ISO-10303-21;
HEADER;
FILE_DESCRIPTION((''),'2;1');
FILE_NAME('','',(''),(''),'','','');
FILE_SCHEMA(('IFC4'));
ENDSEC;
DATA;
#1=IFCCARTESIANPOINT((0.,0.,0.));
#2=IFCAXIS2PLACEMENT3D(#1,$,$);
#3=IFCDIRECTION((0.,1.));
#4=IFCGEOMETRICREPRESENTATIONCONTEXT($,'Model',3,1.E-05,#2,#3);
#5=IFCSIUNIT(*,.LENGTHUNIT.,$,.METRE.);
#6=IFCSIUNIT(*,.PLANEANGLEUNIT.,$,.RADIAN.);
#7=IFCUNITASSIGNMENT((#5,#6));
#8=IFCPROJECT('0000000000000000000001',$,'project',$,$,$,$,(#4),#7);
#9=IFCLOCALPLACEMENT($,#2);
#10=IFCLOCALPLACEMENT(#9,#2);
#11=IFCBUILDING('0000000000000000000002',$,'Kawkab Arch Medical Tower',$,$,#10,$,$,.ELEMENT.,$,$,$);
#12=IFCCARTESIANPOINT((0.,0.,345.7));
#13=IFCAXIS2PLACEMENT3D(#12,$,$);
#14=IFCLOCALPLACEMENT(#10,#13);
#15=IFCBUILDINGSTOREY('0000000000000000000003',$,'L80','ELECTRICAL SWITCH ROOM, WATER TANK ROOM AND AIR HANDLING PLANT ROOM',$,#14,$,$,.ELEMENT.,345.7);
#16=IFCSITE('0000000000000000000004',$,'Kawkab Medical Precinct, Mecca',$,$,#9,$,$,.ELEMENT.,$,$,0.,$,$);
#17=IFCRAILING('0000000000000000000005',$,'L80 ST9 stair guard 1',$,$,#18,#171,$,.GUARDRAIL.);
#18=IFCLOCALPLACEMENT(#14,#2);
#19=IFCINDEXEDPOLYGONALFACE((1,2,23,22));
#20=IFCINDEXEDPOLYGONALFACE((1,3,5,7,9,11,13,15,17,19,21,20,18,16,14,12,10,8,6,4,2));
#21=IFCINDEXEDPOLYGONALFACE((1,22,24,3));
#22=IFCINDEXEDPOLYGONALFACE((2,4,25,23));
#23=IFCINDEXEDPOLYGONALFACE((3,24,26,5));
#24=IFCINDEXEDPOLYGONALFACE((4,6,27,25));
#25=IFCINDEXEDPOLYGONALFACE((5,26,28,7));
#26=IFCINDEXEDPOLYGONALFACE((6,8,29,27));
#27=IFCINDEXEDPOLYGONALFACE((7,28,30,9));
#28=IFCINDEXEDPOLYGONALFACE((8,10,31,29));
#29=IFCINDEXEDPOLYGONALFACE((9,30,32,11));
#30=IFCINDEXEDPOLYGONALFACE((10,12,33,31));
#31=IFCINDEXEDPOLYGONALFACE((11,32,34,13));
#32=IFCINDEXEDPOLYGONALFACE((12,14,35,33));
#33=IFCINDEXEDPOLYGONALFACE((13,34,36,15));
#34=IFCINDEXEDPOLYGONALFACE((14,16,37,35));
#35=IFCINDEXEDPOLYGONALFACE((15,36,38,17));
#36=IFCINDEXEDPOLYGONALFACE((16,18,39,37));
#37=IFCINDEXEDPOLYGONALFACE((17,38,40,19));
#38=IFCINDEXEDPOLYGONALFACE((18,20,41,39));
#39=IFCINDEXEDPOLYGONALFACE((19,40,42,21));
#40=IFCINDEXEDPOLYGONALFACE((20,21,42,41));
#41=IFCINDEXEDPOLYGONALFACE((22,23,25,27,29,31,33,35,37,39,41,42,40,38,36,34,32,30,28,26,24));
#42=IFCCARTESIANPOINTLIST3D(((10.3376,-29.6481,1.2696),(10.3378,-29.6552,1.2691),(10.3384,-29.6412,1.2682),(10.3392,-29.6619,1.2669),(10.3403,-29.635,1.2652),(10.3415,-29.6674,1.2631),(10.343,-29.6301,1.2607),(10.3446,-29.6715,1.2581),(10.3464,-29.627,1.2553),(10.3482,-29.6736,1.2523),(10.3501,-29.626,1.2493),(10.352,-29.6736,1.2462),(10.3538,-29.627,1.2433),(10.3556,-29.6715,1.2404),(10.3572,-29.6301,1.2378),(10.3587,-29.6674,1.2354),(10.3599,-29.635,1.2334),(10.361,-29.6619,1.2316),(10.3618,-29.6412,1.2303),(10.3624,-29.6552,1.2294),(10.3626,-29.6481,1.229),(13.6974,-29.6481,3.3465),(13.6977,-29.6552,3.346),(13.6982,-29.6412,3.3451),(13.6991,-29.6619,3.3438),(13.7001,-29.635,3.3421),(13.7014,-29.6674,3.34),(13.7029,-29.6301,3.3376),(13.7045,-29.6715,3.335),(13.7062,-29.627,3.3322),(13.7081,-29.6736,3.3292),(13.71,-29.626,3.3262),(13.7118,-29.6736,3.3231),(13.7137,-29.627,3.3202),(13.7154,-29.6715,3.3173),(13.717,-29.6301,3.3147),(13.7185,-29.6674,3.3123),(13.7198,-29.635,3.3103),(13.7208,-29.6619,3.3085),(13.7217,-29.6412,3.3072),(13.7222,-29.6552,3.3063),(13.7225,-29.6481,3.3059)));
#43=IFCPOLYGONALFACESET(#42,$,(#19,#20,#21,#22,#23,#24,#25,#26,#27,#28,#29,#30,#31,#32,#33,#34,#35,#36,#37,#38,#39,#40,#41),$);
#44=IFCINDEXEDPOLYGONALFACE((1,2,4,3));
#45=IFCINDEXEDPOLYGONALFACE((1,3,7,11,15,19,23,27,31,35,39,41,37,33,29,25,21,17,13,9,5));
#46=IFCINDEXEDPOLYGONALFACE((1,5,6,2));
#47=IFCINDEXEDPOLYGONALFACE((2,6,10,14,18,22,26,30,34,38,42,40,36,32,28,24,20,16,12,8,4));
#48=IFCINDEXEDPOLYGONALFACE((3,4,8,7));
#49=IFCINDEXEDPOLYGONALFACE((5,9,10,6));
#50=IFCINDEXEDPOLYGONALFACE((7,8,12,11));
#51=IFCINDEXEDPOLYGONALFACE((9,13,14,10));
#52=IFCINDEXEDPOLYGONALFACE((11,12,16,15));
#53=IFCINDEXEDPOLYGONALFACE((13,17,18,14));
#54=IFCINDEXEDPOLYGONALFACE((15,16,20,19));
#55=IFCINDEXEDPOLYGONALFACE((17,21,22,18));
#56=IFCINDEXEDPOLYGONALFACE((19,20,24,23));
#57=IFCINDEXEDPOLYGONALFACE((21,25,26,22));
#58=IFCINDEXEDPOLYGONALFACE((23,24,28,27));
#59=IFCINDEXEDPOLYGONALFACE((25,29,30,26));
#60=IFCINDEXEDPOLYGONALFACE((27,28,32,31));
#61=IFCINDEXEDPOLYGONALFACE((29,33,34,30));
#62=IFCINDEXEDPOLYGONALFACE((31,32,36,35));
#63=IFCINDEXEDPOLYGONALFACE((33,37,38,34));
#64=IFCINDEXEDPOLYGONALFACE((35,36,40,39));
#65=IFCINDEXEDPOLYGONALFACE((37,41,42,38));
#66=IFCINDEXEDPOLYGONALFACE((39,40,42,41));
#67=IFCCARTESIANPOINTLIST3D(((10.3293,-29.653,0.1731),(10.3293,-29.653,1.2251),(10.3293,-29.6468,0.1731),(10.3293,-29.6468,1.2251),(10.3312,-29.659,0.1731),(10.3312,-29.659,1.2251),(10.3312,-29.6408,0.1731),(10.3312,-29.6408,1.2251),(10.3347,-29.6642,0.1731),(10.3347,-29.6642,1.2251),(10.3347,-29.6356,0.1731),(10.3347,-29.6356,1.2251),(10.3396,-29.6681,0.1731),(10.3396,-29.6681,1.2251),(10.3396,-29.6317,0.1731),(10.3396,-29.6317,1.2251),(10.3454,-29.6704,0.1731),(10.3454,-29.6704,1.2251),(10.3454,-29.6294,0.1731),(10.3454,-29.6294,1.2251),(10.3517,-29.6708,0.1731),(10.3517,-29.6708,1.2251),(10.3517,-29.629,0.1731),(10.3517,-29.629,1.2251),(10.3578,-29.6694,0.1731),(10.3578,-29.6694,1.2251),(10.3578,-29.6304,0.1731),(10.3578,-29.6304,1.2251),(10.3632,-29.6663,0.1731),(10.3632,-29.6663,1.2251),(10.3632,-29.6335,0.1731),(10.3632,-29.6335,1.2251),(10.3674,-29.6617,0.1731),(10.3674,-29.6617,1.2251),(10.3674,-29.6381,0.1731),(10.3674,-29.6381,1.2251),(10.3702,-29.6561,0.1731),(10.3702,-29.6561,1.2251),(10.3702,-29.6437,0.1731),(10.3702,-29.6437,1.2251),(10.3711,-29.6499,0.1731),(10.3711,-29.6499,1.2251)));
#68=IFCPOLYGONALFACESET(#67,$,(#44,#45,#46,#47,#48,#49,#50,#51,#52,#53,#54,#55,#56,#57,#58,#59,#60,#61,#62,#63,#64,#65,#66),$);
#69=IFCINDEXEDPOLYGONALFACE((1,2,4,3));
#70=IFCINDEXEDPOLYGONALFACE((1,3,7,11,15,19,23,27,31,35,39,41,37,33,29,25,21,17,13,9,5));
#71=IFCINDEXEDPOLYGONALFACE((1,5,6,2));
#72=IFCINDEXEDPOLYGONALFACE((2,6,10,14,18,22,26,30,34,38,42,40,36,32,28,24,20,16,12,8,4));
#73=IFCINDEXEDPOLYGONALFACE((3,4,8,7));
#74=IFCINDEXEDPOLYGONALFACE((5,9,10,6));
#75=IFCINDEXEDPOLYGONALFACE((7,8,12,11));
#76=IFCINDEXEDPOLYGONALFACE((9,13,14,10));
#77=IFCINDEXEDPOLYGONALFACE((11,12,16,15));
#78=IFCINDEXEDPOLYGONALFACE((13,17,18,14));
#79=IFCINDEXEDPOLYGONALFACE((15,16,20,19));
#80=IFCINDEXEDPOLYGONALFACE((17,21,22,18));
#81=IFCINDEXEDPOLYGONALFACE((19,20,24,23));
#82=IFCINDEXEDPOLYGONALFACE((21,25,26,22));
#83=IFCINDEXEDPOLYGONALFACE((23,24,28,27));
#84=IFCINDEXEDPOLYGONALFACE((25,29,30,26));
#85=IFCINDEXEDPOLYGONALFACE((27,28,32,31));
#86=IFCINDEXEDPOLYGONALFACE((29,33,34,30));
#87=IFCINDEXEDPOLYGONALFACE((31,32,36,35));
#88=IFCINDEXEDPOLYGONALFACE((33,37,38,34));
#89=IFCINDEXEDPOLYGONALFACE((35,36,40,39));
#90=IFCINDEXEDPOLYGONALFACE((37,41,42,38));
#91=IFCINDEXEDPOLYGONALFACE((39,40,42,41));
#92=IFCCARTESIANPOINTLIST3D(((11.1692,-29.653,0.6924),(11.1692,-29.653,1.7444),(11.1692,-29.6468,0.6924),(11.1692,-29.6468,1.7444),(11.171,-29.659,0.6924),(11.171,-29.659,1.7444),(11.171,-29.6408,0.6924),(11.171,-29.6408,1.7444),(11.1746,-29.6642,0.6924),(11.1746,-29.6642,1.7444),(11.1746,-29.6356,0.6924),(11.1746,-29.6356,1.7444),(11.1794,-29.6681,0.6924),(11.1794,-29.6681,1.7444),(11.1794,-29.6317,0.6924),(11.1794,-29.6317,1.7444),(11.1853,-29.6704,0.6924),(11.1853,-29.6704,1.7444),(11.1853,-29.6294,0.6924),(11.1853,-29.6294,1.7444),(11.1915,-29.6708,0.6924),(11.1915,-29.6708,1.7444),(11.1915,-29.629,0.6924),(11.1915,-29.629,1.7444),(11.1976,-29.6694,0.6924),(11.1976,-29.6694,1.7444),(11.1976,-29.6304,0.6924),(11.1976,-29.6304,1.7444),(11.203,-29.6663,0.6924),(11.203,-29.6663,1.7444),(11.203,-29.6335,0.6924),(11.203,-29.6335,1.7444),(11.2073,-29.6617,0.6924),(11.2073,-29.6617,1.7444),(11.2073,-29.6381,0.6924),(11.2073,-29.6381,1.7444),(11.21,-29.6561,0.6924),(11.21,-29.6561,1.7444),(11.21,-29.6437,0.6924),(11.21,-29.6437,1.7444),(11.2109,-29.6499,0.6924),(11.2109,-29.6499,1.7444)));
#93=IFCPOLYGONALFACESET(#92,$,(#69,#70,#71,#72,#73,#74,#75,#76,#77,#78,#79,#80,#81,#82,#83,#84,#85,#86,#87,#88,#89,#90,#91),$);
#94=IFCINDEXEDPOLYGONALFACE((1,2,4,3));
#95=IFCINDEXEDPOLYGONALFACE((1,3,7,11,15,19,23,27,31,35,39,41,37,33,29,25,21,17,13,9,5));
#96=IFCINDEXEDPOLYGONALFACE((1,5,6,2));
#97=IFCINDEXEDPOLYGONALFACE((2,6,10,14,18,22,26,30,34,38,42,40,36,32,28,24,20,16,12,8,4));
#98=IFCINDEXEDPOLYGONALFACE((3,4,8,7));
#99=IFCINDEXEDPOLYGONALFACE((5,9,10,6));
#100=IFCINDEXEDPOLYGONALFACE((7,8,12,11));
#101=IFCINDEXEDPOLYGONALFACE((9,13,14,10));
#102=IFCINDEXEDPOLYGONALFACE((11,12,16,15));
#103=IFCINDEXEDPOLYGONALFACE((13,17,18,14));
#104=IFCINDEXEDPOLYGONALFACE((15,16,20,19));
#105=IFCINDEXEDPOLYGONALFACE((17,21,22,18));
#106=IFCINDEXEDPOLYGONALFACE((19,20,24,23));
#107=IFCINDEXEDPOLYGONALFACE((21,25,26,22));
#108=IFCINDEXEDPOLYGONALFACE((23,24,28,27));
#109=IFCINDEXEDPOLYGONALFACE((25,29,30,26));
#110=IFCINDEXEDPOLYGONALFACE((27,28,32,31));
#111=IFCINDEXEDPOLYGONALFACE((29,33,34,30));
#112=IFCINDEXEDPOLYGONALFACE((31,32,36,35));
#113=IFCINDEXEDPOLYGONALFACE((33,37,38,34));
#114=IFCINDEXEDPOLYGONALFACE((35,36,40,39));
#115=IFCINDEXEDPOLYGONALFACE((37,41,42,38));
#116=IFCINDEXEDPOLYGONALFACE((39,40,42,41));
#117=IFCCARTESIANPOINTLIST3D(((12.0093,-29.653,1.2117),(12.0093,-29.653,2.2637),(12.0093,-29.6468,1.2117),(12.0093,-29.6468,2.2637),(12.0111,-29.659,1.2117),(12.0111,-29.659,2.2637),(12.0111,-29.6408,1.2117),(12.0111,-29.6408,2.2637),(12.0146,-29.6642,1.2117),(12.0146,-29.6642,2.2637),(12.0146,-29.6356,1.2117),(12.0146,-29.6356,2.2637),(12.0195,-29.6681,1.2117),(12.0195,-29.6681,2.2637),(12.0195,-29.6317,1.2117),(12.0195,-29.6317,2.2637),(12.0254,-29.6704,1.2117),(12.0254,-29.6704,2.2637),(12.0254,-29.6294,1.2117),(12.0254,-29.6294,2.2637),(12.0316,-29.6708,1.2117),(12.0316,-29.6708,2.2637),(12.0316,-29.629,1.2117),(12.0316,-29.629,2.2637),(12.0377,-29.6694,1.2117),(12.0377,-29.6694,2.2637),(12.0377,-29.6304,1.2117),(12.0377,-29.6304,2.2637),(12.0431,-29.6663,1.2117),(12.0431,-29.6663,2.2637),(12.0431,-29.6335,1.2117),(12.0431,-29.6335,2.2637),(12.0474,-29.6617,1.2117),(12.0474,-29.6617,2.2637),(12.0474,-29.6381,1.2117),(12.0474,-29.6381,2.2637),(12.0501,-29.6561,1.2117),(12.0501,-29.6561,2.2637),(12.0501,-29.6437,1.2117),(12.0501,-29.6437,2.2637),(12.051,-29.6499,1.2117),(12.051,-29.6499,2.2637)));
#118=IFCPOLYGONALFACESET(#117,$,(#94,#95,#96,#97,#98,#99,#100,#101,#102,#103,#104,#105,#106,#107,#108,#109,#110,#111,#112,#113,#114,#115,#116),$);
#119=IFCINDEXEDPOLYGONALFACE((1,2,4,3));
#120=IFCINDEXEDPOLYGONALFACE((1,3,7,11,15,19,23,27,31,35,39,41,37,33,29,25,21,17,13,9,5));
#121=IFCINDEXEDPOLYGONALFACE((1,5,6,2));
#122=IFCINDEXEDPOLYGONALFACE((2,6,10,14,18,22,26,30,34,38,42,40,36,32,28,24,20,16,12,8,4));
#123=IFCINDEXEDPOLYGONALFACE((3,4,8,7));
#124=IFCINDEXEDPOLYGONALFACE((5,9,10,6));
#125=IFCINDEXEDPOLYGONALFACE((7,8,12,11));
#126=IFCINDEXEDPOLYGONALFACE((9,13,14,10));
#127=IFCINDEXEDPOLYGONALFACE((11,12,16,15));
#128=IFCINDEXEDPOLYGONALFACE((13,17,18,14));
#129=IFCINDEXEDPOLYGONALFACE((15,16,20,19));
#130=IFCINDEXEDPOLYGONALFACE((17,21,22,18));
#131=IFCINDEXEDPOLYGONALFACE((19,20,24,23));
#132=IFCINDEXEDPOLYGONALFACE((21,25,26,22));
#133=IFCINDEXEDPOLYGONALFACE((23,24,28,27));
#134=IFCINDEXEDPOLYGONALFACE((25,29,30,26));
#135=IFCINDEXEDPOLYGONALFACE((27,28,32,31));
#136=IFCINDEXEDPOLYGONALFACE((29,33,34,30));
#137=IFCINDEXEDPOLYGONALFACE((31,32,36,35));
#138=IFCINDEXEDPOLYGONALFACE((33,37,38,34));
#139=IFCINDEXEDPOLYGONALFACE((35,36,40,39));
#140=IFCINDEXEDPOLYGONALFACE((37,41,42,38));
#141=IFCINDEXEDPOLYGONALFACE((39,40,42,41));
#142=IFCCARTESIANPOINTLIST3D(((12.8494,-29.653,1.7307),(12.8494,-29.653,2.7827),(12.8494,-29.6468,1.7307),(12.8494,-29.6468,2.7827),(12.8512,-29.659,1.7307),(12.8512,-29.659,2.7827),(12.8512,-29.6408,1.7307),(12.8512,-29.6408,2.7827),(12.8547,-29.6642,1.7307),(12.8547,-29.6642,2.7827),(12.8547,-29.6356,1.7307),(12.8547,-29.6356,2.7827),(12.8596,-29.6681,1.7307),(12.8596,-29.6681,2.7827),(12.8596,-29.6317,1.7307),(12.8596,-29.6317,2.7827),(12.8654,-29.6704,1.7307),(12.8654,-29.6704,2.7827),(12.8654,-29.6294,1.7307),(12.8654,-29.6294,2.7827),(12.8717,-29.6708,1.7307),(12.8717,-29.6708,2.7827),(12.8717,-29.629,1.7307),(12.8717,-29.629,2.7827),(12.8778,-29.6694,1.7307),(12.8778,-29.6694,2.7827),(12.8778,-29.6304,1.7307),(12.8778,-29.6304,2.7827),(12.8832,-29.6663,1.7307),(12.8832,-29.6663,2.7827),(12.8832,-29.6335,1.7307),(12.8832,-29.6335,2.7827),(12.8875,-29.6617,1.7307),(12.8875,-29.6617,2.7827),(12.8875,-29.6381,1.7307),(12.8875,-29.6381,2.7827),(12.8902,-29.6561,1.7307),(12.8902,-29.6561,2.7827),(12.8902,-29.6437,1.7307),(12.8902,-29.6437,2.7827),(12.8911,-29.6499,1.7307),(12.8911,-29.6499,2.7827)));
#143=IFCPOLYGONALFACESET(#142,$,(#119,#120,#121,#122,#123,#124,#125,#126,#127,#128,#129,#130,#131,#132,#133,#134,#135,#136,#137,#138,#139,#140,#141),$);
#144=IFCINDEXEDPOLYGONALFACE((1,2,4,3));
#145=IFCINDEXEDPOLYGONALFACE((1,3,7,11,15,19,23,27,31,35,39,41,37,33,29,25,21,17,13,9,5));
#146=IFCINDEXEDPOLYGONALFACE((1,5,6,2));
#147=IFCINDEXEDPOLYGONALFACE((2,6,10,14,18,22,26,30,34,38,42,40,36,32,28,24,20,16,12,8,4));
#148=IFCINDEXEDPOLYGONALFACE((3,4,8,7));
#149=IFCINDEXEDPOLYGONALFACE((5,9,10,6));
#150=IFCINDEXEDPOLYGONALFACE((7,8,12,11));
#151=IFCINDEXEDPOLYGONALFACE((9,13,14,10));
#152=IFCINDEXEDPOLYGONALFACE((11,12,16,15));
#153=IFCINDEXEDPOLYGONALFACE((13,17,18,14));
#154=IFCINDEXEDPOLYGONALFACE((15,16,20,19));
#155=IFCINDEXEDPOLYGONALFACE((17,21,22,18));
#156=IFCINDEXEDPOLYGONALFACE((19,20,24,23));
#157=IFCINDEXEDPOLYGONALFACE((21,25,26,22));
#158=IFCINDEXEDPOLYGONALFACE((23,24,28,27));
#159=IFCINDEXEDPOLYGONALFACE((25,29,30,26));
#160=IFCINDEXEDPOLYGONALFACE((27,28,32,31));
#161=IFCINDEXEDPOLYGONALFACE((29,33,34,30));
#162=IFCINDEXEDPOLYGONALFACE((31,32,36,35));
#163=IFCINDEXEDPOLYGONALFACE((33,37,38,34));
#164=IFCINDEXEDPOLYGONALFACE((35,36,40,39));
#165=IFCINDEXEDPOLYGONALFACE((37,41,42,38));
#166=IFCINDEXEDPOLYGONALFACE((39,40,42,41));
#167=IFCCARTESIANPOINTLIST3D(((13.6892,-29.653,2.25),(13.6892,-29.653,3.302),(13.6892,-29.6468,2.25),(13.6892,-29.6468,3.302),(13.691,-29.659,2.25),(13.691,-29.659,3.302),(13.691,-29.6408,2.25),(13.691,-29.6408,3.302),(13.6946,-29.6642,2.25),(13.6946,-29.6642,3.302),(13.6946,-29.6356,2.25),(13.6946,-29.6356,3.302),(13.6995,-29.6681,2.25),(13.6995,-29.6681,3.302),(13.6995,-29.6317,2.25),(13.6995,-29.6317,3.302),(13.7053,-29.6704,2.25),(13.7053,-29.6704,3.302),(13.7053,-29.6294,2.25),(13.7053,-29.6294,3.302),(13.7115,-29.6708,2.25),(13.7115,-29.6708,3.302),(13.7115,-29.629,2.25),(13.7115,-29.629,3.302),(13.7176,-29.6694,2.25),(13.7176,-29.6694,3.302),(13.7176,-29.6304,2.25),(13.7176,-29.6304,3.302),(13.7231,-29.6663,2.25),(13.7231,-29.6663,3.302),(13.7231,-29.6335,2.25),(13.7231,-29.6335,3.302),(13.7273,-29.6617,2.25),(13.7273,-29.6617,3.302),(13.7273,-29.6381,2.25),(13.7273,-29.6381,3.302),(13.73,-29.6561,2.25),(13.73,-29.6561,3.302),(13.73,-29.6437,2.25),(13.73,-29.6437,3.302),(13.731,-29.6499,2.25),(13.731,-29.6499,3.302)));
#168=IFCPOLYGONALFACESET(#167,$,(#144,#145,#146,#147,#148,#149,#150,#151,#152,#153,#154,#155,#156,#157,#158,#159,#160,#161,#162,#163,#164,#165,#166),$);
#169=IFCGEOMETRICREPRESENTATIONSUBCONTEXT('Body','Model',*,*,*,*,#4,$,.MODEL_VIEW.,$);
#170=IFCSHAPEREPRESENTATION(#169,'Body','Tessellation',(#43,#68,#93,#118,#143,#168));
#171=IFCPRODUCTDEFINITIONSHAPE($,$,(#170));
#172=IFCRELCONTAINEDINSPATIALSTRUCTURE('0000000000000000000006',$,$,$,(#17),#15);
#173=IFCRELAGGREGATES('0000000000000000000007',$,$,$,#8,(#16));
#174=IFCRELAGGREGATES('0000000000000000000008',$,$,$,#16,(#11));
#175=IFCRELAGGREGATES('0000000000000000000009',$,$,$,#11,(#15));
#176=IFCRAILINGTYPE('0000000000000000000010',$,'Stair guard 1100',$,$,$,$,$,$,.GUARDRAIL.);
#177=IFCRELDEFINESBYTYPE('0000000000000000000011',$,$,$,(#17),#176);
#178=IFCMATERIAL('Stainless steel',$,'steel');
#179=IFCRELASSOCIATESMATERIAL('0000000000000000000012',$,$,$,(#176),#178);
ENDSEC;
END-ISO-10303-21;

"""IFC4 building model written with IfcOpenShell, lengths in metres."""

from ifc_helpers import new_model, si_unit, direction, frame, origin, origin_2d, place, context, subcontext, project, spatial, circle, extrude, material, type_object, element, save


model = new_model("IFC4")

# Units and contexts
model_context = context("Model", 3, precision=1e-05, world=origin(), true_north=direction((0.0, 1.0)))
body_context = subcontext(model_context, "Body", "Model", "MODEL_VIEW")
ifc_project = project(units=[si_unit("LENGTHUNIT", "METRE"), si_unit("PLANEANGLEUNIT", "RADIAN")], contexts=[model_context])

# Site, building, storey
site_placement = place(None, origin())
site = spatial("IfcSite", under=ifc_project, at=site_placement, Name="Kawkab Medical Precinct, Mecca", CompositionType="ELEMENT", RefElevation=0.0)
building_placement = place(site_placement, origin())
building = spatial("IfcBuilding", under=site, at=building_placement, Name="Kawkab Arch Medical Tower", CompositionType="ELEMENT")
storey_placement = place(building_placement, frame((0.0, 0.0, 345.7)))
storey = spatial("IfcBuildingStorey", under=building, at=storey_placement, Name="L80", Description="ELECTRICAL SWITCH ROOM, WATER TANK ROOM AND AIR HANDLING PLANT ROOM", CompositionType="ELEMENT", Elevation=345.7)

# Railing
ifc_material_1 = material(Name="Stainless steel", Category="steel")
railing_type = type_object("IfcRailingType", Name="Stair guard 1100", PredefinedType="GUARDRAIL", material=ifc_material_1)
railing_1_placement = place(storey_placement, frame((10.3501, -29.6499, 0.1731)))
element("IfcRailing", 1, at=railing_1_placement, inside=storey, type_object=railing_type, Name="L80 ST9 stair guard 1", PredefinedType="GUARDRAIL", context=body_context, shape_type="SweptSolid", body=[
    extrude(circle(Radius=0.0239, at=origin_2d()), frame((0.0, 0.0, 1.0762), z_axis=(0.850606, 0.0, 0.525803), x_axis=(0.0, 1.0, 0.0)), (0.0, 0.0, 1.0), 3.95),
    extrude(circle(Radius=0.021, at=origin_2d()), origin(), (0.0, 0.0, 1.0), 1.052),
    extrude(circle(Radius=0.021, at=origin_2d()), frame((0.8398, 0.0, 0.5193)), (0.0, 0.0, 1.0), 1.052),
    extrude(circle(Radius=0.021, at=origin_2d()), frame((1.6799, 0.0, 1.0386)), (0.0, 0.0, 1.0), 1.052),
    extrude(circle(Radius=0.021, at=origin_2d()), frame((2.52, 0.0, 1.5576)), (0.0, 0.0, 1.0), 1.052),
    extrude(circle(Radius=0.021, at=origin_2d()), frame((3.3599, 0.0, 2.0769)), (0.0, 0.0, 1.0), 1.052),
])

save(model, "model.ifc")
